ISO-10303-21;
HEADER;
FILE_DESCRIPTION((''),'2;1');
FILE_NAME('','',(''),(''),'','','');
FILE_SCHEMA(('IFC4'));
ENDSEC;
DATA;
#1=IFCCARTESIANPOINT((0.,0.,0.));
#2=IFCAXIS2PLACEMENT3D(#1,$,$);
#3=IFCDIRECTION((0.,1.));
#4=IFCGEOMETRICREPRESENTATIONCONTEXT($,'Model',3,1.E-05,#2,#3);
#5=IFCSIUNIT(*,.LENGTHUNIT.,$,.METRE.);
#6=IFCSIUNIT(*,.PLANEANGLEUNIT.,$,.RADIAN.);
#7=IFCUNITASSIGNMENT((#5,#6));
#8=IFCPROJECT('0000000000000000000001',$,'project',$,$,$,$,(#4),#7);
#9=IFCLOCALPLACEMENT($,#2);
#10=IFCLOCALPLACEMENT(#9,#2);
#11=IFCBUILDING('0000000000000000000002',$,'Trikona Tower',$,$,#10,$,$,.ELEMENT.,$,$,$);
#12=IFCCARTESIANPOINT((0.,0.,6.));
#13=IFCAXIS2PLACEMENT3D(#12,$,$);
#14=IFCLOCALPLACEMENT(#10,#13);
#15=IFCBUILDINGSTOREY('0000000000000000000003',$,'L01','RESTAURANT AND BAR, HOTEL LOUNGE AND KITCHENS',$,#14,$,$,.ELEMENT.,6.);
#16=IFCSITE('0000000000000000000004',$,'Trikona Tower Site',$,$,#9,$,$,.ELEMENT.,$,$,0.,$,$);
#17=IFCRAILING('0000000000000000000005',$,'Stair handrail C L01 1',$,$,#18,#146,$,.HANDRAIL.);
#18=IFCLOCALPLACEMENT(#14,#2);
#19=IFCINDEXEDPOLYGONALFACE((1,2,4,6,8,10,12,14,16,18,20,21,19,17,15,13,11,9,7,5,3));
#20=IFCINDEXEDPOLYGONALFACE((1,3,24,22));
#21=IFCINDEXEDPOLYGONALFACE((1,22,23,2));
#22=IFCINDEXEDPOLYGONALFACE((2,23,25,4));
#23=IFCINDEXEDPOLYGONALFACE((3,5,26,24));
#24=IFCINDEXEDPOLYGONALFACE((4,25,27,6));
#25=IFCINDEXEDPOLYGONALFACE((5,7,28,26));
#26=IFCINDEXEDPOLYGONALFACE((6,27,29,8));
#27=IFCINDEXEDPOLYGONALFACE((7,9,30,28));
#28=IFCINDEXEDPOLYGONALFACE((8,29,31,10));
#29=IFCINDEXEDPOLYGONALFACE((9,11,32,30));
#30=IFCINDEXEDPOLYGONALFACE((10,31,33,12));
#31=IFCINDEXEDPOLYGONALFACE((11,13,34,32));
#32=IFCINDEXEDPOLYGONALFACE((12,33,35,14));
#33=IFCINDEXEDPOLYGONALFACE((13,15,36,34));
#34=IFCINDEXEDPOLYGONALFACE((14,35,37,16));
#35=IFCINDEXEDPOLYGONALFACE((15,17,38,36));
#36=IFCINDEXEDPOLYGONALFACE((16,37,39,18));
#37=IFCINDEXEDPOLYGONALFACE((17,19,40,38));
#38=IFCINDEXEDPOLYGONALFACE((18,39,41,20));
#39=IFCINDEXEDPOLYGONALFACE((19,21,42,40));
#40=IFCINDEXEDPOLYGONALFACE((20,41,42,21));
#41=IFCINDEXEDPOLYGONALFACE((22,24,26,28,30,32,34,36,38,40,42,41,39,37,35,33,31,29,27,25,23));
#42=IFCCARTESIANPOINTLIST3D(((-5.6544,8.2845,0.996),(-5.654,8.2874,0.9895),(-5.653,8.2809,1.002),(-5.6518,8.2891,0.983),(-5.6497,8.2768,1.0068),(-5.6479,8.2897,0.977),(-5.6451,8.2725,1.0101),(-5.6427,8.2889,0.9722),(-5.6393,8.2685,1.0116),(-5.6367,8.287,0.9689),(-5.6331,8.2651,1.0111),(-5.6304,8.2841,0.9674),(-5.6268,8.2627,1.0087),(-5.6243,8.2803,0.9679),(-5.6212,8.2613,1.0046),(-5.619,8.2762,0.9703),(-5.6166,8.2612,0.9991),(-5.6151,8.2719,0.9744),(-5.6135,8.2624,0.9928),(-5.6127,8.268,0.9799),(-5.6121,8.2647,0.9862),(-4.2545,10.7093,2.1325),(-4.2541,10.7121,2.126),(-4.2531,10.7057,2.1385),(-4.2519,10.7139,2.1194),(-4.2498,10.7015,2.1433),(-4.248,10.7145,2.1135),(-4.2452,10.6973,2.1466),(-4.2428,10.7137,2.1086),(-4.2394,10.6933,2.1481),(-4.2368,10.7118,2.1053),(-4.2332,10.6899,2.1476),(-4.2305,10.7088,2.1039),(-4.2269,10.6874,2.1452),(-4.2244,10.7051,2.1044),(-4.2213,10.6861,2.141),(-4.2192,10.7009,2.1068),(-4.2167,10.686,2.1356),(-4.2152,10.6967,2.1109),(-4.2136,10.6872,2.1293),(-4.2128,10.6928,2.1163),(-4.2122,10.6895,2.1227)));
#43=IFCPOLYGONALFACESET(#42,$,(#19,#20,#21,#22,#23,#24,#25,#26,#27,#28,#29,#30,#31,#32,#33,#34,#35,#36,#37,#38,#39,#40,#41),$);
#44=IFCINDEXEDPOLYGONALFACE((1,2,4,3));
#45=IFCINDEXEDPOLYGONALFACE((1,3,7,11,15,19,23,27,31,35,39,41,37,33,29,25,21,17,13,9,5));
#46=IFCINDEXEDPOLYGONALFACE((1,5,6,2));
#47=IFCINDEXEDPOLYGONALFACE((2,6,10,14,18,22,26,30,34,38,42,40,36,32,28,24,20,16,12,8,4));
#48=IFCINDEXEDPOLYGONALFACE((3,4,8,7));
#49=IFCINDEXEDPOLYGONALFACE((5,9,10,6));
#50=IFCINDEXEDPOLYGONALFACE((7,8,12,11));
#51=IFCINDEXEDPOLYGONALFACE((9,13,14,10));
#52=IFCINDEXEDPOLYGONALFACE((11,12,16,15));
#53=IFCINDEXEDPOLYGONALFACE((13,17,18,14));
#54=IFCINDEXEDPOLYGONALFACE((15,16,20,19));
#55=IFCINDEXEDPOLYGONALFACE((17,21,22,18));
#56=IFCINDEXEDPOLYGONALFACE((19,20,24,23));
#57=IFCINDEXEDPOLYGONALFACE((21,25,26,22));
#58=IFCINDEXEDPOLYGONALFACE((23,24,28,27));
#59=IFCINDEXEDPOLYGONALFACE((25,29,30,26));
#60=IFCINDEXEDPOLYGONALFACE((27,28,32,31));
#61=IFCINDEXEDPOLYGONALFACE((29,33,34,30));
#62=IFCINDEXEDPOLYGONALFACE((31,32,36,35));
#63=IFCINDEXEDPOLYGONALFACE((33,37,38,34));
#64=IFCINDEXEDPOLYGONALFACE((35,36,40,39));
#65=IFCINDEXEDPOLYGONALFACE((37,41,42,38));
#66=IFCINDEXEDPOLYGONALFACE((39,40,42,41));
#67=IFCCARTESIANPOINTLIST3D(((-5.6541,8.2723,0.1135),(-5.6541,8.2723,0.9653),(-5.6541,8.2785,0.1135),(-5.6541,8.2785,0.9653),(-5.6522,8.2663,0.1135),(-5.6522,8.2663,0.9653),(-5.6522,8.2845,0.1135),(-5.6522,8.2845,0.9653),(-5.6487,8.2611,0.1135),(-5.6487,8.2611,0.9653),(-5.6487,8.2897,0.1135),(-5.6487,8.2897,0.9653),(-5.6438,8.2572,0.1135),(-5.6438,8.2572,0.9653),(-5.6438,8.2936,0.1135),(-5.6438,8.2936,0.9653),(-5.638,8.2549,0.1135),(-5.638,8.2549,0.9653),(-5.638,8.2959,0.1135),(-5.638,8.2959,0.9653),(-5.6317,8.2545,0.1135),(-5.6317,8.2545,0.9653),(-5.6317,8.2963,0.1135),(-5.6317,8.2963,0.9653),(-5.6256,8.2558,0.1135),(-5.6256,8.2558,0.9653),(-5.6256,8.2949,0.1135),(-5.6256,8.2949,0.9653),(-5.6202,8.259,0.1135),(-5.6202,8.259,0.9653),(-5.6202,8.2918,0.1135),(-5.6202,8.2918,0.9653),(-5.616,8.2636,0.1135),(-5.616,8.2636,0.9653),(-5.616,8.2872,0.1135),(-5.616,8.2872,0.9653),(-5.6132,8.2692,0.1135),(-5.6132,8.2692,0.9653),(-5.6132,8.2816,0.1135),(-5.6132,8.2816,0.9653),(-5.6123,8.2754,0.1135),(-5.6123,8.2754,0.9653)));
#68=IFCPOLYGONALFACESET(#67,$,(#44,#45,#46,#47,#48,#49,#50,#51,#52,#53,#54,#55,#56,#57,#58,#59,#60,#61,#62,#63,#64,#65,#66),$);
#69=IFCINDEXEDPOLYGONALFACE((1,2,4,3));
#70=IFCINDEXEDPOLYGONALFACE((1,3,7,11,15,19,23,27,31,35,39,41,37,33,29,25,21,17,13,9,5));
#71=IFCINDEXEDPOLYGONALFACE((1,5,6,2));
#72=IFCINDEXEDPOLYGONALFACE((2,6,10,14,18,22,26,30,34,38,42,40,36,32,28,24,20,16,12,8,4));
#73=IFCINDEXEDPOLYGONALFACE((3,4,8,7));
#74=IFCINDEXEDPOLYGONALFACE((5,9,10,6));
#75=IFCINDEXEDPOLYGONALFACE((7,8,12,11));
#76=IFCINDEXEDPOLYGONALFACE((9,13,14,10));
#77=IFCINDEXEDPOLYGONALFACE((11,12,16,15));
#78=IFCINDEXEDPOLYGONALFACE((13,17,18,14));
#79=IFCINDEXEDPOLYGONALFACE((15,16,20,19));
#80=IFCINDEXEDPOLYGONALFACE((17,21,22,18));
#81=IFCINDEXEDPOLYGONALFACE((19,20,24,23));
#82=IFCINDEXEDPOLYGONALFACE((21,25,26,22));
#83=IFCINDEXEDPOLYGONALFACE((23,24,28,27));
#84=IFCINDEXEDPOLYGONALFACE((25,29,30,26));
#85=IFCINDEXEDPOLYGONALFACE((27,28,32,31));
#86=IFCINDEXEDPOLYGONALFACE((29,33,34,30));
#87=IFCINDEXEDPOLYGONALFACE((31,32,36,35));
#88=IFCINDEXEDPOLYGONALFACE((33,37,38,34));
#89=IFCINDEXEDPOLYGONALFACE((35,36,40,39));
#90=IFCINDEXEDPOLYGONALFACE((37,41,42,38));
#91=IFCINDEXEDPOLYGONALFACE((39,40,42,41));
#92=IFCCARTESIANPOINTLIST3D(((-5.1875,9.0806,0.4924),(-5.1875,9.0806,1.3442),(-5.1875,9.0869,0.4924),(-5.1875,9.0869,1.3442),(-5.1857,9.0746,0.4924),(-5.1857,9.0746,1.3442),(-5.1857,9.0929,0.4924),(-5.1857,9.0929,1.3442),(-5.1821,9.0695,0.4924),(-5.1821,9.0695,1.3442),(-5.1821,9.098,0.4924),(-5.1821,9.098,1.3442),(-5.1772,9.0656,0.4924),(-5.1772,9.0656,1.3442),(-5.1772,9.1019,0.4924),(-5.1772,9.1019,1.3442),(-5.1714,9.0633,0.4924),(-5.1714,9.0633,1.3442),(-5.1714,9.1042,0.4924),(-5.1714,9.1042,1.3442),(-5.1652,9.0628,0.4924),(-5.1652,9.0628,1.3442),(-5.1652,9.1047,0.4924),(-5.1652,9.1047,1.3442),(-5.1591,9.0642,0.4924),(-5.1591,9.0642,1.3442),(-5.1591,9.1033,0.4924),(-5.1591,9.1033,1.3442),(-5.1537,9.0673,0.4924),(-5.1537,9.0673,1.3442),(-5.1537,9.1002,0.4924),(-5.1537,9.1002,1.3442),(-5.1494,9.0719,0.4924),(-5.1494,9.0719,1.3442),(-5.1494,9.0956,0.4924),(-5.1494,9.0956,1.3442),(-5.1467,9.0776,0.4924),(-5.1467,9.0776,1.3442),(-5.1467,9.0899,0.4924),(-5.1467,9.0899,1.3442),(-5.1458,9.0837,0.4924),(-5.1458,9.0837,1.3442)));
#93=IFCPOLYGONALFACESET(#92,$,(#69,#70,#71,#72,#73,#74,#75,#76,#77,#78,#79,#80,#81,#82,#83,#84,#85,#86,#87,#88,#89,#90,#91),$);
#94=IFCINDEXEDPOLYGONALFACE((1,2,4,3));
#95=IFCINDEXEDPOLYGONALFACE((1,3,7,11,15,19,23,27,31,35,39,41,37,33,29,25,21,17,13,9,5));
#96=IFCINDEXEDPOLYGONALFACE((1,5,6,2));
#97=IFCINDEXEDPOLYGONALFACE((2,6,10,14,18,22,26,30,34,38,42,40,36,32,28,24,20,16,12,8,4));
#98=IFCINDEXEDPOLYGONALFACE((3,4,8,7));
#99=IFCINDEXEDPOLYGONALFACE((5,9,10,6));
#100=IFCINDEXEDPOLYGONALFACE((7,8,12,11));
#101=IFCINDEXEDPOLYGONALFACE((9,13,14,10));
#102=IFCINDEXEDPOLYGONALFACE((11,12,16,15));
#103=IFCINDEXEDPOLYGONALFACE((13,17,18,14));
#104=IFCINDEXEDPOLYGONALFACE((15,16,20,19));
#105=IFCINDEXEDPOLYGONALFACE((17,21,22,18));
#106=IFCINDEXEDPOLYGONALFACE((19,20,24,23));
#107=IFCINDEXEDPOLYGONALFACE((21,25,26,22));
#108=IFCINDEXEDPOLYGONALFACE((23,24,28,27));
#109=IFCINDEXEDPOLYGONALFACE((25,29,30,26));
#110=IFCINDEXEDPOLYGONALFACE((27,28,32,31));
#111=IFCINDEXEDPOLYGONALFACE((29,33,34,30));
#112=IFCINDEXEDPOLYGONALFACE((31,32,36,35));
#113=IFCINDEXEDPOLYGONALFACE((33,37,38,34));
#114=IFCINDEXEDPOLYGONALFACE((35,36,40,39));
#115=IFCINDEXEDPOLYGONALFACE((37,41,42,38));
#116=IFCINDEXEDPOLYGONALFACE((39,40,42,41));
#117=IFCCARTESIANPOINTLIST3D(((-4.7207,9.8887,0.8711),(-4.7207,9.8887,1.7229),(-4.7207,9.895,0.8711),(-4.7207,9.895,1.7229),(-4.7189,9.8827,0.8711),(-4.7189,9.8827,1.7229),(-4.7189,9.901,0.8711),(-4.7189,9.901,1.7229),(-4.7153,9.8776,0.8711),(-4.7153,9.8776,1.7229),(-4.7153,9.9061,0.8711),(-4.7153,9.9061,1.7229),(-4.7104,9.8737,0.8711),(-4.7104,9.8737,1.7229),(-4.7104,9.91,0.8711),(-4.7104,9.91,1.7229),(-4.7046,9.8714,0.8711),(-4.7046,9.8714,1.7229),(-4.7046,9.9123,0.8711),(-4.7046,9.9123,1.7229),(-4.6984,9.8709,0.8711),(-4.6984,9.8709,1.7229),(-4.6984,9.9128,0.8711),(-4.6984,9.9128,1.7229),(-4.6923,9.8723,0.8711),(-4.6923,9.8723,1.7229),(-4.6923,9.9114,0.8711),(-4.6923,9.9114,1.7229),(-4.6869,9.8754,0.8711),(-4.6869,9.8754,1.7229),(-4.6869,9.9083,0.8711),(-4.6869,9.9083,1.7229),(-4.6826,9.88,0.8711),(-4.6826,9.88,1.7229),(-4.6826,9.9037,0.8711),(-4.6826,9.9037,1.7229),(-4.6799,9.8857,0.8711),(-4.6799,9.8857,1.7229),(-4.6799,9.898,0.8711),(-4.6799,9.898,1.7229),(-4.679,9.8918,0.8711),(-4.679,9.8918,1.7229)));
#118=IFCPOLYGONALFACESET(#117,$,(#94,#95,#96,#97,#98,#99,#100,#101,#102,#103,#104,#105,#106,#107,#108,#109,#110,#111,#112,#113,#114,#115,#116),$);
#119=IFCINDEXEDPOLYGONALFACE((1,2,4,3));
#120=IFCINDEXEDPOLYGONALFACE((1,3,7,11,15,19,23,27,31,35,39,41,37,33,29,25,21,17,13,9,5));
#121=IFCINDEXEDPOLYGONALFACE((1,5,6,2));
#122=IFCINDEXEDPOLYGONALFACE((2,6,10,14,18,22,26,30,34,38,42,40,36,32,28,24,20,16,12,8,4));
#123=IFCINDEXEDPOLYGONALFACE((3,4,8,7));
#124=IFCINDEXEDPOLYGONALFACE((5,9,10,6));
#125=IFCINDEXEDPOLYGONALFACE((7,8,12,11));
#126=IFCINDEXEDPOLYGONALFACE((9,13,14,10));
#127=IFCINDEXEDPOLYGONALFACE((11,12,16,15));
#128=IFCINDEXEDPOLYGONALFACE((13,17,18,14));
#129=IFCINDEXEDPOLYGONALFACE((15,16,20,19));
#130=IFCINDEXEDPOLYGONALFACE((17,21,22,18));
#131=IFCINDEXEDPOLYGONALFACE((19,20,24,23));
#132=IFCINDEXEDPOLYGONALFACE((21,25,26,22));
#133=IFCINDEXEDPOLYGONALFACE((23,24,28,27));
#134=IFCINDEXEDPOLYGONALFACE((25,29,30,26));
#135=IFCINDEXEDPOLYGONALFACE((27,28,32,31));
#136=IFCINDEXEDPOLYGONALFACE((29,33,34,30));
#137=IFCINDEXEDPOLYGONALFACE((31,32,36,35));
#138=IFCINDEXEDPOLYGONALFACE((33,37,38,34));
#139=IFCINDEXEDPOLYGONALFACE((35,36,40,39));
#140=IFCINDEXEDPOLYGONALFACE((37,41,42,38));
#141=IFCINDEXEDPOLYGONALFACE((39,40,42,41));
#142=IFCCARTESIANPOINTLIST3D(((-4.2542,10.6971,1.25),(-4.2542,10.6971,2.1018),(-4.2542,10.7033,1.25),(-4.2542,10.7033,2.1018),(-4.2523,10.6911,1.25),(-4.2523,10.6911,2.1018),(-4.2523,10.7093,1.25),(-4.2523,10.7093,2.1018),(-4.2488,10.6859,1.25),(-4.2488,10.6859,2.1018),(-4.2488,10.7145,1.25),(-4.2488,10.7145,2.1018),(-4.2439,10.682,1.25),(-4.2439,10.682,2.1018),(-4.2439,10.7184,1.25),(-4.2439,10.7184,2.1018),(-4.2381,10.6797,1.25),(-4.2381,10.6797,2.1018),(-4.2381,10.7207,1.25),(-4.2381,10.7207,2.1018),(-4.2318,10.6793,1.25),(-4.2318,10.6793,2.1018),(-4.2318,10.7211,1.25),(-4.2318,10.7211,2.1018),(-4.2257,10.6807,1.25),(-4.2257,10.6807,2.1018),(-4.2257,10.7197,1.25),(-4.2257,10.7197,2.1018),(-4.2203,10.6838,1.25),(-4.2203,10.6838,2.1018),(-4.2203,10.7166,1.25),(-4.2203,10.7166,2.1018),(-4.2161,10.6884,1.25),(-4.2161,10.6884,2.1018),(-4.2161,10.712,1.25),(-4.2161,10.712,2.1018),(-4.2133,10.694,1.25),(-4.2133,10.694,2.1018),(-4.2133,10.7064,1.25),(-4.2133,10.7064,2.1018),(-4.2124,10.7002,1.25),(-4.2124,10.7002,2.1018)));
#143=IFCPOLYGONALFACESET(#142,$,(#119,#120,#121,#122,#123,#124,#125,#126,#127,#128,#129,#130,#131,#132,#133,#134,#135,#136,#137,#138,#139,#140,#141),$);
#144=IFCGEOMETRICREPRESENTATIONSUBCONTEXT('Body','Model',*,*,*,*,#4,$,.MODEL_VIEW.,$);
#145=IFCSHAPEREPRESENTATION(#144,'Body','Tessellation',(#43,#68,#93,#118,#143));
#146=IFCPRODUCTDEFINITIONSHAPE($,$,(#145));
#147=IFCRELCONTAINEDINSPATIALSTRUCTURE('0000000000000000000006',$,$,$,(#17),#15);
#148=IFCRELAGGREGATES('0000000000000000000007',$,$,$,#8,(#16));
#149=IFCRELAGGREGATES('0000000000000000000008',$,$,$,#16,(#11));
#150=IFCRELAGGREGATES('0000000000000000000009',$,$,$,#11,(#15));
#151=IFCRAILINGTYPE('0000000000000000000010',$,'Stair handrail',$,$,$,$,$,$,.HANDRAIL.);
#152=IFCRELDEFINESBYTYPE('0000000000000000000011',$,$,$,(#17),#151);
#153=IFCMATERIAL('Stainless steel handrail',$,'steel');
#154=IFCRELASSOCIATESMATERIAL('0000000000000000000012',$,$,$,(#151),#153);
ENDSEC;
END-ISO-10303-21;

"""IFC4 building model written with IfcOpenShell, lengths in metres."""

from ifc_helpers import new_model, si_unit, direction, frame, origin, origin_2d, place, context, subcontext, project, spatial, circle, extrude, material, type_object, element, save


model = new_model("IFC4")

# Units and contexts
model_context = context("Model", 3, precision=1e-05, world=origin(), true_north=direction((0.0, 1.0)))
body_context = subcontext(model_context, "Body", "Model", "MODEL_VIEW")
ifc_project = project(units=[si_unit("LENGTHUNIT", "METRE"), si_unit("PLANEANGLEUNIT", "RADIAN")], contexts=[model_context])

# Site, building, storey
site_placement = place(None, origin())
site = spatial("IfcSite", under=ifc_project, at=site_placement, Name="Trikona Tower Site", CompositionType="ELEMENT", RefElevation=0.0)
building_placement = place(site_placement, origin())
building = spatial("IfcBuilding", under=site, at=building_placement, Name="Trikona Tower", CompositionType="ELEMENT")
storey_placement = place(building_placement, frame((0.0, 0.0, 6.0)))
storey = spatial("IfcBuildingStorey", under=building, at=storey_placement, Name="L01", Description="RESTAURANT AND BAR, HOTEL LOUNGE AND KITCHENS", CompositionType="ELEMENT", Elevation=6.0)

# Railing
ifc_material_1 = material(Name="Stainless steel handrail", Category="steel")
railing_type = type_object("IfcRailingType", Name="Stair handrail", PredefinedType="HANDRAIL", material=ifc_material_1)
railing_1_placement = place(storey_placement, frame((-5.6333, 8.2754, 0.1135)))
element("IfcRailing", 1, at=railing_1_placement, inside=storey, type_object=railing_type, Name="Stair handrail C L01 1", PredefinedType="HANDRAIL", context=body_context, shape_type="SweptSolid", body=[
    extrude(circle(Radius=0.0239, at=origin_2d()), frame((0.0, 0.0, 0.876), z_axis=(0.463275, 0.80245, 0.376098), x_axis=(-0.866035, 0.499984, 0.0)), (0.0, 0.0, 1.0), 3.0217),
    extrude(circle(Radius=0.021, at=origin_2d()), origin(), (0.0, 0.0, 1.0), 0.8518),
    extrude(circle(Radius=0.021, at=origin_2d()), frame((0.4666, 0.8083, 0.3789)), (0.0, 0.0, 1.0), 0.8518),
    extrude(circle(Radius=0.021, at=origin_2d()), frame((0.9333, 1.6165, 0.7576)), (0.0, 0.0, 1.0), 0.8518),
    extrude(circle(Radius=0.021, at=origin_2d()), frame((1.3999, 2.4248, 1.1365)), (0.0, 0.0, 1.0), 0.8518),
])

save(model, "model.ifc")
